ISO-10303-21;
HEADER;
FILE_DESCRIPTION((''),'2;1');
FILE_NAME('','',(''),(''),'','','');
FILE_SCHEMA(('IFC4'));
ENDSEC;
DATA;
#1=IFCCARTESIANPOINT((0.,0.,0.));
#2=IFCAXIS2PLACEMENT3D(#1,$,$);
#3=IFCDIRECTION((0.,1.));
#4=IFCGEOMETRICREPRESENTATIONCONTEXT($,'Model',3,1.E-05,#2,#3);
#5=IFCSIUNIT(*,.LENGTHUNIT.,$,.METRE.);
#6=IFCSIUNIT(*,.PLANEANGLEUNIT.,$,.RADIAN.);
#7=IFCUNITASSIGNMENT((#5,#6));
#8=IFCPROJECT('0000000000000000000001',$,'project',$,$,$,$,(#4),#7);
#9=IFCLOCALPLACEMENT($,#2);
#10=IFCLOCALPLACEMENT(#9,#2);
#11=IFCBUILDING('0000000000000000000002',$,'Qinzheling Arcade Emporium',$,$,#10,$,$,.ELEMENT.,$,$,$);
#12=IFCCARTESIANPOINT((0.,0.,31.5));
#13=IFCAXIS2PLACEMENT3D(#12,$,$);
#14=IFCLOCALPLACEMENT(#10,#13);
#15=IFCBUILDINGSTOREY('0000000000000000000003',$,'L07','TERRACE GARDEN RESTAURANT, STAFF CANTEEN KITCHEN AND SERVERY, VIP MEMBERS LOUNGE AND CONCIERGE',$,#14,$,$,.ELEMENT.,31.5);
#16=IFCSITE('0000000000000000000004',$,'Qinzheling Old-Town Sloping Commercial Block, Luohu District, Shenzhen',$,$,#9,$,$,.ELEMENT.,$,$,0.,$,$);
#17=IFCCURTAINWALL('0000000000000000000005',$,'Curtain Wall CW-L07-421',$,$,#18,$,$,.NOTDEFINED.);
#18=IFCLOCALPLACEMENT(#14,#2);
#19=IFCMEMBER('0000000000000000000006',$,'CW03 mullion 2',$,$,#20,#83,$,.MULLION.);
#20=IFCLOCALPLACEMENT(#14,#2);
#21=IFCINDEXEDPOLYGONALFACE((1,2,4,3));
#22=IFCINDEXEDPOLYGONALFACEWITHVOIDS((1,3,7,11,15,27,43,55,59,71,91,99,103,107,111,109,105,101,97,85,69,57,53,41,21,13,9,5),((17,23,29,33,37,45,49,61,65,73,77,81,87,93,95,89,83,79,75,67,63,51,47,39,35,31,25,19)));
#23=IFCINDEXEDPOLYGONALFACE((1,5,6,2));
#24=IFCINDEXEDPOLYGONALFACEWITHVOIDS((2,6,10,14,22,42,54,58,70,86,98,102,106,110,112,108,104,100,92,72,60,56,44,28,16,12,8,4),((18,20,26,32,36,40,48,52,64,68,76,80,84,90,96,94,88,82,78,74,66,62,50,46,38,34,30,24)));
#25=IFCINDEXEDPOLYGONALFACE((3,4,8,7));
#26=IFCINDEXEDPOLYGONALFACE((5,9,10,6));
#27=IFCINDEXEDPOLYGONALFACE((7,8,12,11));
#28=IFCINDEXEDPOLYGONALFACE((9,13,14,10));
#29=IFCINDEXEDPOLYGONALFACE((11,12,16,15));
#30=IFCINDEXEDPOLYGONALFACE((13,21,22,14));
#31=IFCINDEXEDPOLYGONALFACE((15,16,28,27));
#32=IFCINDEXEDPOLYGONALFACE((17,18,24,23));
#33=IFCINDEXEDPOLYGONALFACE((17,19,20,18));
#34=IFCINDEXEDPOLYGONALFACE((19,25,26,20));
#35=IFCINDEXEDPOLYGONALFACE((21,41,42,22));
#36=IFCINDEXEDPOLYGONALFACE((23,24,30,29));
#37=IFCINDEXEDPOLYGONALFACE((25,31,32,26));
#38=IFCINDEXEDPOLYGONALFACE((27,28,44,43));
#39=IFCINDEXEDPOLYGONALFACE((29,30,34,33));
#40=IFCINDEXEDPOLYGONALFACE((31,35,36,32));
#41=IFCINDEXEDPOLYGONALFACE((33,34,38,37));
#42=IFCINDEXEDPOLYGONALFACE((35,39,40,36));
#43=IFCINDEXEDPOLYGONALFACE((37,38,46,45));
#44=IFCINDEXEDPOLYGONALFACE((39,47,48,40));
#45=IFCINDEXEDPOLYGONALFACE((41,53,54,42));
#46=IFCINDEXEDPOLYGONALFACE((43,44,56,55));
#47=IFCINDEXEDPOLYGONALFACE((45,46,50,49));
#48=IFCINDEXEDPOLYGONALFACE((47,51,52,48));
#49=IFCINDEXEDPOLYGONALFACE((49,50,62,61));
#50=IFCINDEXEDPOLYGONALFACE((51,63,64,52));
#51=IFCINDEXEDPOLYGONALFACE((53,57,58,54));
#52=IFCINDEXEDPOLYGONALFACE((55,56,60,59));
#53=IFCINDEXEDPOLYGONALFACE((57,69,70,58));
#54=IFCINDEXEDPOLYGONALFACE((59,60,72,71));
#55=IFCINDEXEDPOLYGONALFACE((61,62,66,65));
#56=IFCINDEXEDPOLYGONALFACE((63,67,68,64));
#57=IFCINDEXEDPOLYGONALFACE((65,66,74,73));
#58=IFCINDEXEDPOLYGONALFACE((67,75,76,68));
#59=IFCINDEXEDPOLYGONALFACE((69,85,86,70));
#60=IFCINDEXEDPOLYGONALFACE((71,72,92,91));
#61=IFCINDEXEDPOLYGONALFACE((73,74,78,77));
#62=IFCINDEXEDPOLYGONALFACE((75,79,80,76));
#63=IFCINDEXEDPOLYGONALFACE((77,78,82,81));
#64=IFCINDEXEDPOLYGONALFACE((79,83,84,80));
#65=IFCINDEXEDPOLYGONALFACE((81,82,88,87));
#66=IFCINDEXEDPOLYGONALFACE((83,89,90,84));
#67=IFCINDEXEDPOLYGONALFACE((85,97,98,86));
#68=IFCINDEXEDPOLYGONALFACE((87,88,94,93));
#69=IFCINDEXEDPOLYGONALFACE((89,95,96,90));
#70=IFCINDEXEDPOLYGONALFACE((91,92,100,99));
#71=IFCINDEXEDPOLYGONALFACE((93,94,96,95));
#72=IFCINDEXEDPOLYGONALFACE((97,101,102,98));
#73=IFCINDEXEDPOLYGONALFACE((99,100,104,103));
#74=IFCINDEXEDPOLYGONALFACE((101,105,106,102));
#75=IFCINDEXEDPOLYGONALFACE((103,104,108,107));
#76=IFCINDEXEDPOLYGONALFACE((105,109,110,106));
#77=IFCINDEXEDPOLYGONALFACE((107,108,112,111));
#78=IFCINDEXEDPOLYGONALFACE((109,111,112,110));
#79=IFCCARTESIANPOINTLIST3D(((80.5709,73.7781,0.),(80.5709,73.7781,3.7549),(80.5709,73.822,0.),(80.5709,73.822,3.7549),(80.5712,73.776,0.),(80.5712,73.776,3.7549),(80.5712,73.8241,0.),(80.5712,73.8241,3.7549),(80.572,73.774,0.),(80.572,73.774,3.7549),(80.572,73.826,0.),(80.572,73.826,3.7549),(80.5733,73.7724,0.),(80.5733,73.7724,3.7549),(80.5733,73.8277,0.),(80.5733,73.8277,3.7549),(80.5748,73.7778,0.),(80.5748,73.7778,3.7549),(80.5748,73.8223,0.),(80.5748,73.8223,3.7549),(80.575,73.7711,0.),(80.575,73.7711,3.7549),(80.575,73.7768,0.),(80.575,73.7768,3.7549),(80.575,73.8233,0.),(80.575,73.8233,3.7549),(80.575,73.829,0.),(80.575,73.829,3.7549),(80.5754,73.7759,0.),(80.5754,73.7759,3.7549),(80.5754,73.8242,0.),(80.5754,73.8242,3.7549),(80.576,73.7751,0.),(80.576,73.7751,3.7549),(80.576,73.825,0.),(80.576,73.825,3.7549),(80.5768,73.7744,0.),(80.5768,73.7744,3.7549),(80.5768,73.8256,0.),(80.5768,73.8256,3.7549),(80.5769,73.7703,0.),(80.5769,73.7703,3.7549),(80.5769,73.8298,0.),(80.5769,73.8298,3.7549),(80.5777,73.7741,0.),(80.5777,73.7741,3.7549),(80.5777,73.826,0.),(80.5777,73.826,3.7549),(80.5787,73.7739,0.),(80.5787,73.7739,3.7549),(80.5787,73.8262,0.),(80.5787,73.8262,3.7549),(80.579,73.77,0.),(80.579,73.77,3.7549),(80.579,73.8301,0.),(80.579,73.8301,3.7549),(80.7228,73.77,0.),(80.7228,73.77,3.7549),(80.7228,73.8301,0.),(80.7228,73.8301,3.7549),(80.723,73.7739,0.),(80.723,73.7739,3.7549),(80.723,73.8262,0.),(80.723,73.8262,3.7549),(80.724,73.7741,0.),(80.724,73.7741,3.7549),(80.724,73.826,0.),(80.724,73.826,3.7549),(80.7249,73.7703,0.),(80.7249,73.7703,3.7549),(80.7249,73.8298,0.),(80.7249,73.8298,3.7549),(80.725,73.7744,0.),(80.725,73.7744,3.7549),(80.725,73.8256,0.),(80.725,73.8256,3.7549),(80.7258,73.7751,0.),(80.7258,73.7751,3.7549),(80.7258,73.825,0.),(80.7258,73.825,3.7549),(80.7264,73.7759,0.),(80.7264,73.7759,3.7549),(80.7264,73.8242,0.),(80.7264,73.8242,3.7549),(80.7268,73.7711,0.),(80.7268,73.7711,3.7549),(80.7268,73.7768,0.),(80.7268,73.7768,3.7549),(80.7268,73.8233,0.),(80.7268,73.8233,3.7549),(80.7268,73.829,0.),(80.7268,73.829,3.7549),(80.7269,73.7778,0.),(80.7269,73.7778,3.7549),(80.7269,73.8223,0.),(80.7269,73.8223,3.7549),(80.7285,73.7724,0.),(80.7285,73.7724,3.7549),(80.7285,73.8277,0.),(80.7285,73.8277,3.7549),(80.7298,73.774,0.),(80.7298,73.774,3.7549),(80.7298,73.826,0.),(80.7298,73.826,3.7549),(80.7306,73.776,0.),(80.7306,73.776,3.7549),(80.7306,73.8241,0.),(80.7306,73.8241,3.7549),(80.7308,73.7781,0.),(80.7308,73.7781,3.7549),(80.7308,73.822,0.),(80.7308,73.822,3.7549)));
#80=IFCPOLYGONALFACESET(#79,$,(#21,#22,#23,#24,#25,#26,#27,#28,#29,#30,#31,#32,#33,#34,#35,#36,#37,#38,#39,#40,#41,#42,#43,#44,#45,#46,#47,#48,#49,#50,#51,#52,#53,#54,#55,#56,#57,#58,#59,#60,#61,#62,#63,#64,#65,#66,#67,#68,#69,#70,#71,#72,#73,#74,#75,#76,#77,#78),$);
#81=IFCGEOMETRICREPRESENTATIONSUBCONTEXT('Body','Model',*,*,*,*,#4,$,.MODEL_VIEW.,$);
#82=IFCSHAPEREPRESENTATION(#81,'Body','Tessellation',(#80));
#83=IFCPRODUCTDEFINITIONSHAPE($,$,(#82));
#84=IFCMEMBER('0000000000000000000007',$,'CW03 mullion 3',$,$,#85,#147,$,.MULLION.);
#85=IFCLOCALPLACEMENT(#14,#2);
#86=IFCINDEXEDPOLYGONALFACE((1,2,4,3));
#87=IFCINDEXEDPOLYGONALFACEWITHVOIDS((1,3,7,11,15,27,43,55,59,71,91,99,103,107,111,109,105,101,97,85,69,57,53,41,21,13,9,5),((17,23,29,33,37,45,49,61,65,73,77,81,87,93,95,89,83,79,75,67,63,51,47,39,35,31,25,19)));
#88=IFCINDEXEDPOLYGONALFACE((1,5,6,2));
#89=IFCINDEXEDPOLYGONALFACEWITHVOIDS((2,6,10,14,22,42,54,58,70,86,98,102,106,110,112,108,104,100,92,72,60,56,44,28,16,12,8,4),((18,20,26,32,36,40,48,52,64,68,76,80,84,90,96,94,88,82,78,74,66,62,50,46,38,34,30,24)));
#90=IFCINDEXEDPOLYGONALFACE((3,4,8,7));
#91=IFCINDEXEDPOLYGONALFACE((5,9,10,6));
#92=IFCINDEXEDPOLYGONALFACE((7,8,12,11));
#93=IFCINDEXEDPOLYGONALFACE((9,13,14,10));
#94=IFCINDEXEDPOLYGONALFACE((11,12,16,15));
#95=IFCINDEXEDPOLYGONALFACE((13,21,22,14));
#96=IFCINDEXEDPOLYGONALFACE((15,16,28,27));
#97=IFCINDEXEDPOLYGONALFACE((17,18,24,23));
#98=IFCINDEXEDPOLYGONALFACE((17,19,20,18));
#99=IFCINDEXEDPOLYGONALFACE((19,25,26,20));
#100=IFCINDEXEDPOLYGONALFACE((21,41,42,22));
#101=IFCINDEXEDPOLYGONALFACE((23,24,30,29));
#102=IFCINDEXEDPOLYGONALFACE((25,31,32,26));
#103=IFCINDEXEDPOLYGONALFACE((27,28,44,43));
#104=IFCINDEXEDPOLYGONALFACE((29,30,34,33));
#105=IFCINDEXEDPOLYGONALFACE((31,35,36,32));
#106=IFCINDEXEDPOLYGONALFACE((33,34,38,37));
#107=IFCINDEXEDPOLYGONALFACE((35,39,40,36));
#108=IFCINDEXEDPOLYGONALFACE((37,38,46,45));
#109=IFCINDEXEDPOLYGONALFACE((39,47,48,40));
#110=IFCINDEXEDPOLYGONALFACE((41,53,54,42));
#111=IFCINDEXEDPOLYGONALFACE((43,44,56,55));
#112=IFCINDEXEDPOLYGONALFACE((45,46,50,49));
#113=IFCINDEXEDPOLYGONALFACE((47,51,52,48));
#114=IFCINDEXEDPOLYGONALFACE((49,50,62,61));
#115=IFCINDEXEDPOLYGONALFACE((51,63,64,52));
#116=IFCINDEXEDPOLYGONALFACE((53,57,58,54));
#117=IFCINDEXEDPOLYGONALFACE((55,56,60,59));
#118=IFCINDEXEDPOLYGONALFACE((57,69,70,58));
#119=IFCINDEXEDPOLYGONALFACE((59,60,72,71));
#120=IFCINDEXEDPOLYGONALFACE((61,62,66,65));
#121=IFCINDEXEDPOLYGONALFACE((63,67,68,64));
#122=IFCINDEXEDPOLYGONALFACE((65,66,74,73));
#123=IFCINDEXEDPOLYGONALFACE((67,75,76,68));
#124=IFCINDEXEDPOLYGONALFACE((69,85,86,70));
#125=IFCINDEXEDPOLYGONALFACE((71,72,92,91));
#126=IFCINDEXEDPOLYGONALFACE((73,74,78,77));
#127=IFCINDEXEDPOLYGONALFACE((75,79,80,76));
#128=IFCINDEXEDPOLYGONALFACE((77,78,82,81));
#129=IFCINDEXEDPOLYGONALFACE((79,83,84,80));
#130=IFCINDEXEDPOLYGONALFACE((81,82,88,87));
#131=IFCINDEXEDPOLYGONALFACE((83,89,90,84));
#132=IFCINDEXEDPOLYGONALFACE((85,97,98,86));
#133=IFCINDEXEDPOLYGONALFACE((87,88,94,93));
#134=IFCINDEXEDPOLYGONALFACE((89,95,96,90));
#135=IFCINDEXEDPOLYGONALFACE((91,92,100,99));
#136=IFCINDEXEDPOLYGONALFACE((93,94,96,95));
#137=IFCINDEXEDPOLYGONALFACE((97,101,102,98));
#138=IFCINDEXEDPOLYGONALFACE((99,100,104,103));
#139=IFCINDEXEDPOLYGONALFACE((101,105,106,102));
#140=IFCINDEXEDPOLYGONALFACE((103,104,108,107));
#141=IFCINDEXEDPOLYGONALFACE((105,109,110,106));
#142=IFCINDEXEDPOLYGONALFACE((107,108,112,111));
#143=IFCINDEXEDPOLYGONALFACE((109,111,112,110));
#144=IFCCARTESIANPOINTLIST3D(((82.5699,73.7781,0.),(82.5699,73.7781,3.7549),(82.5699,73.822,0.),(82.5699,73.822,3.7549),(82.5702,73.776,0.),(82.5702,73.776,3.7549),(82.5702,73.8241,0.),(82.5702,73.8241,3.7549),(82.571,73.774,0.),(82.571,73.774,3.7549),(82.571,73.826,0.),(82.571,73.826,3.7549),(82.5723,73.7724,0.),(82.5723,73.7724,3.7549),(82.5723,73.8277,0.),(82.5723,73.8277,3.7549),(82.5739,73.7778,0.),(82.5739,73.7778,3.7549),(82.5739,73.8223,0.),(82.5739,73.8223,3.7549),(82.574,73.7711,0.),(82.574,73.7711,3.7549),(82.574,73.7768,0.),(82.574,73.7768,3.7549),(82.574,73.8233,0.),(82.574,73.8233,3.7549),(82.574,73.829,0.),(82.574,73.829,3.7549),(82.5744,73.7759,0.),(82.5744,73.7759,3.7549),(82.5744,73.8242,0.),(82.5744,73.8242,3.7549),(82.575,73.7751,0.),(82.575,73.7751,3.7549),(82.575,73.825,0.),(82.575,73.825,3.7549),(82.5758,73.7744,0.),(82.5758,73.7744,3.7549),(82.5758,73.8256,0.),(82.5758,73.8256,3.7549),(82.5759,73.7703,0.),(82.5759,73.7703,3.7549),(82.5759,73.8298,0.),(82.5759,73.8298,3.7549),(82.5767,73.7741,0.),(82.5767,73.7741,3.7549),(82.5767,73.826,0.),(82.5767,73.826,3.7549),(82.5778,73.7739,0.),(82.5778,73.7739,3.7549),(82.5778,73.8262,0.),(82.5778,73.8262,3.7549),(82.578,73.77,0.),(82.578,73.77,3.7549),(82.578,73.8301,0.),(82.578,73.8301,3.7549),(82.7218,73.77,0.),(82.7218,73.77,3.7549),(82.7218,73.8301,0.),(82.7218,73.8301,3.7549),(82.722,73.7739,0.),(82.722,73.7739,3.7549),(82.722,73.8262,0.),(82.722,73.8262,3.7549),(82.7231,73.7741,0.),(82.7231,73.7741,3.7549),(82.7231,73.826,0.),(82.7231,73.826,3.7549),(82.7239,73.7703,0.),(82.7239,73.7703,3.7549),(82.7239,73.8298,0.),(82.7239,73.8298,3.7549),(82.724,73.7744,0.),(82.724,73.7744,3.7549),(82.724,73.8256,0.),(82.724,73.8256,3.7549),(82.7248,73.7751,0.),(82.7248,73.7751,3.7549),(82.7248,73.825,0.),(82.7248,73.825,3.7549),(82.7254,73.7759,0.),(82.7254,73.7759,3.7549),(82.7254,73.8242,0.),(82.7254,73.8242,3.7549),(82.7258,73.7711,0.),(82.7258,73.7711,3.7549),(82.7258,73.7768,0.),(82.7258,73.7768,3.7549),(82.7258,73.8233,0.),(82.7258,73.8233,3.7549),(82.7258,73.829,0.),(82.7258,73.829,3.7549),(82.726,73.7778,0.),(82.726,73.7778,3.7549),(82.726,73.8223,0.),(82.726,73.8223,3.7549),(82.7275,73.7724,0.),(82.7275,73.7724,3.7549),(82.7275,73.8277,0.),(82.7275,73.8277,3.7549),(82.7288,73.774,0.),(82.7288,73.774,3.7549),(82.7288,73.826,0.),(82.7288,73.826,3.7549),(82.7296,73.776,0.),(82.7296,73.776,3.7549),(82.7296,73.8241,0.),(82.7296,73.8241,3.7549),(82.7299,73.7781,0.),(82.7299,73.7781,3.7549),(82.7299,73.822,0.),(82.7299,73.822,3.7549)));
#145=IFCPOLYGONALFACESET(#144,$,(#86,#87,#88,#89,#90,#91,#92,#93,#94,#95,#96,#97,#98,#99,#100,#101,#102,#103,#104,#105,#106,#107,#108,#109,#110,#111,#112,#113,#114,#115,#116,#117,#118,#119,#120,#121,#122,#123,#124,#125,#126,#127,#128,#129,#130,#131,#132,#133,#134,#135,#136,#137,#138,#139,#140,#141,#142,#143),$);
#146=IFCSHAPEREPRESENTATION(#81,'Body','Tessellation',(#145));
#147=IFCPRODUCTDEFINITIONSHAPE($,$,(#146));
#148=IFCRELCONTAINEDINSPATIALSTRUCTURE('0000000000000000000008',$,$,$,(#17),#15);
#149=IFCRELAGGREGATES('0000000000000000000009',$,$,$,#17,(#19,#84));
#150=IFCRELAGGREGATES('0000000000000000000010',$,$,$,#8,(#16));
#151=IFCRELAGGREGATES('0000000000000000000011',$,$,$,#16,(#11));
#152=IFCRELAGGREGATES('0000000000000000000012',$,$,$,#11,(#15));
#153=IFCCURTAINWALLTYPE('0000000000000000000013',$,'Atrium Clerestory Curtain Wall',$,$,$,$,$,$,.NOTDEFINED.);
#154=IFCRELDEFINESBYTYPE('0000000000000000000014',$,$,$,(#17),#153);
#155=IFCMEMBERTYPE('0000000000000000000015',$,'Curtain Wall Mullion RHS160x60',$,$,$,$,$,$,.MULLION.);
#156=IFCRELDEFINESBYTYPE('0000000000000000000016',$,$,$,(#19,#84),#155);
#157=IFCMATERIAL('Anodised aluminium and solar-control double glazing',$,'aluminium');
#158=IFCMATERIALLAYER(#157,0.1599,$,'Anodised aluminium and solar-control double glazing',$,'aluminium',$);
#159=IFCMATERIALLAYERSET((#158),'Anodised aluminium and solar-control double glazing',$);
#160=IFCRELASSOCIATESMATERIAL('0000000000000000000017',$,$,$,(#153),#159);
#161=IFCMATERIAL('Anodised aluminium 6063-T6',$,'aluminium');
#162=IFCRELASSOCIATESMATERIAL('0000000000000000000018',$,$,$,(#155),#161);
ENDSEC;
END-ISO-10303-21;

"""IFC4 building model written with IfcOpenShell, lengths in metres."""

from ifc_helpers import new_model, si_unit, direction, frame, origin, origin_2d, place, context, subcontext, project, spatial, hollow_rectangle, extrude, material, layer, layer_set, material_profile, profile_set, type_object, element, aggregate, save


model = new_model("IFC4")

# Units and contexts
model_context = context("Model", 3, precision=1e-05, world=origin(), true_north=direction((0.0, 1.0)))
body_context = subcontext(model_context, "Body", "Model", "MODEL_VIEW")
ifc_project = project(units=[si_unit("LENGTHUNIT", "METRE"), si_unit("PLANEANGLEUNIT", "RADIAN")], contexts=[model_context])

# Site, building, storey
site_placement = place(None, origin())
site = spatial("IfcSite", under=ifc_project, at=site_placement, Name="Qinzheling Old-Town Sloping Commercial Block, Luohu District, Shenzhen", CompositionType="ELEMENT", RefElevation=0.0)
building_placement = place(site_placement, origin())
building = spatial("IfcBuilding", under=site, at=building_placement, Name="Qinzheling Arcade Emporium", CompositionType="ELEMENT")
storey_placement = place(building_placement, frame((0.0, 0.0, 31.5)))
storey = spatial("IfcBuildingStorey", under=building, at=storey_placement, Name="L07", Description="TERRACE GARDEN RESTAURANT, STAFF CANTEEN KITCHEN AND SERVERY, VIP MEMBERS LOUNGE AND CONCIERGE", CompositionType="ELEMENT", Elevation=31.5)

# Curtain wall, members
ifc_material_1 = material(Name="Anodised aluminium and solar-control double glazing", Category="aluminium")
ifc_layer_1 = layer(ifc_material_1, 0.1599, Name="Anodised aluminium and solar-control double glazing", Category="aluminium")
ifc_layer_set_1 = layer_set([ifc_layer_1], Name="Anodised aluminium and solar-control double glazing")
curtain_wall_type = type_object("IfcCurtainWallType", Name="Atrium Clerestory Curtain Wall", PredefinedType="NOTDEFINED", material=ifc_layer_set_1)
curtain_wall_placement = place(storey_placement, origin())
curtain_wall = element("IfcCurtainWall", 1, at=curtain_wall_placement, inside=storey, type_object=curtain_wall_type, Name="Curtain Wall CW-L07-421", PredefinedType="NOTDEFINED")
ifc_material_2 = material(Name="Anodised aluminium 6063-T6", Category="aluminium")
ifc_material_profile_1 = material_profile(ifc_material_2, hollow_rectangle(XDim=0.0601, YDim=0.1599, WallThickness=0.0039, InnerFilletRadius=0.0039, OuterFilletRadius=0.0081, at=origin_2d()), Name="RHS 160x60x4", Category="aluminium")
ifc_profile_set_1 = profile_set([ifc_material_profile_1], Name="Anodised aluminium 6063-T6")
member_type_1 = type_object("IfcMemberType", Name="Curtain Wall Mullion RHS160x60", PredefinedType="MULLION", material=ifc_profile_set_1)
member_1_placement = place(storey_placement, frame((80.6509, 73.8, 0.0), z_axis=(0.0, 0.0, 1.0), x_axis=(0.0, 1.0, 0.0)))
member_1 = element("IfcMember", 2, at=member_1_placement, type_object=member_type_1, Name="CW03 mullion 2", PredefinedType="MULLION", context=body_context, shape_type="SweptSolid", body=[
    extrude(hollow_rectangle(XDim=0.0601, YDim=0.1599, WallThickness=0.0039, InnerFilletRadius=0.0039, OuterFilletRadius=0.0081, at=origin_2d()), origin(), (0.0, 0.0, 1.0), 3.7549),
])
member_2_placement = place(storey_placement, frame((82.6499, 73.8, 0.0), z_axis=(0.0, 0.0, 1.0), x_axis=(0.0, 1.0, 0.0)))
member_2 = element("IfcMember", 3, at=member_2_placement, type_object=member_type_1, Name="CW03 mullion 3", PredefinedType="MULLION", context=body_context, shape_type="SweptSolid", body=[
    extrude(hollow_rectangle(XDim=0.0601, YDim=0.1599, WallThickness=0.0039, InnerFilletRadius=0.0039, OuterFilletRadius=0.0081, at=origin_2d()), origin(), (0.0, 0.0, 1.0), 3.7549),
])
aggregate(curtain_wall, [member_1, member_2])

save(model, "model.ifc")
